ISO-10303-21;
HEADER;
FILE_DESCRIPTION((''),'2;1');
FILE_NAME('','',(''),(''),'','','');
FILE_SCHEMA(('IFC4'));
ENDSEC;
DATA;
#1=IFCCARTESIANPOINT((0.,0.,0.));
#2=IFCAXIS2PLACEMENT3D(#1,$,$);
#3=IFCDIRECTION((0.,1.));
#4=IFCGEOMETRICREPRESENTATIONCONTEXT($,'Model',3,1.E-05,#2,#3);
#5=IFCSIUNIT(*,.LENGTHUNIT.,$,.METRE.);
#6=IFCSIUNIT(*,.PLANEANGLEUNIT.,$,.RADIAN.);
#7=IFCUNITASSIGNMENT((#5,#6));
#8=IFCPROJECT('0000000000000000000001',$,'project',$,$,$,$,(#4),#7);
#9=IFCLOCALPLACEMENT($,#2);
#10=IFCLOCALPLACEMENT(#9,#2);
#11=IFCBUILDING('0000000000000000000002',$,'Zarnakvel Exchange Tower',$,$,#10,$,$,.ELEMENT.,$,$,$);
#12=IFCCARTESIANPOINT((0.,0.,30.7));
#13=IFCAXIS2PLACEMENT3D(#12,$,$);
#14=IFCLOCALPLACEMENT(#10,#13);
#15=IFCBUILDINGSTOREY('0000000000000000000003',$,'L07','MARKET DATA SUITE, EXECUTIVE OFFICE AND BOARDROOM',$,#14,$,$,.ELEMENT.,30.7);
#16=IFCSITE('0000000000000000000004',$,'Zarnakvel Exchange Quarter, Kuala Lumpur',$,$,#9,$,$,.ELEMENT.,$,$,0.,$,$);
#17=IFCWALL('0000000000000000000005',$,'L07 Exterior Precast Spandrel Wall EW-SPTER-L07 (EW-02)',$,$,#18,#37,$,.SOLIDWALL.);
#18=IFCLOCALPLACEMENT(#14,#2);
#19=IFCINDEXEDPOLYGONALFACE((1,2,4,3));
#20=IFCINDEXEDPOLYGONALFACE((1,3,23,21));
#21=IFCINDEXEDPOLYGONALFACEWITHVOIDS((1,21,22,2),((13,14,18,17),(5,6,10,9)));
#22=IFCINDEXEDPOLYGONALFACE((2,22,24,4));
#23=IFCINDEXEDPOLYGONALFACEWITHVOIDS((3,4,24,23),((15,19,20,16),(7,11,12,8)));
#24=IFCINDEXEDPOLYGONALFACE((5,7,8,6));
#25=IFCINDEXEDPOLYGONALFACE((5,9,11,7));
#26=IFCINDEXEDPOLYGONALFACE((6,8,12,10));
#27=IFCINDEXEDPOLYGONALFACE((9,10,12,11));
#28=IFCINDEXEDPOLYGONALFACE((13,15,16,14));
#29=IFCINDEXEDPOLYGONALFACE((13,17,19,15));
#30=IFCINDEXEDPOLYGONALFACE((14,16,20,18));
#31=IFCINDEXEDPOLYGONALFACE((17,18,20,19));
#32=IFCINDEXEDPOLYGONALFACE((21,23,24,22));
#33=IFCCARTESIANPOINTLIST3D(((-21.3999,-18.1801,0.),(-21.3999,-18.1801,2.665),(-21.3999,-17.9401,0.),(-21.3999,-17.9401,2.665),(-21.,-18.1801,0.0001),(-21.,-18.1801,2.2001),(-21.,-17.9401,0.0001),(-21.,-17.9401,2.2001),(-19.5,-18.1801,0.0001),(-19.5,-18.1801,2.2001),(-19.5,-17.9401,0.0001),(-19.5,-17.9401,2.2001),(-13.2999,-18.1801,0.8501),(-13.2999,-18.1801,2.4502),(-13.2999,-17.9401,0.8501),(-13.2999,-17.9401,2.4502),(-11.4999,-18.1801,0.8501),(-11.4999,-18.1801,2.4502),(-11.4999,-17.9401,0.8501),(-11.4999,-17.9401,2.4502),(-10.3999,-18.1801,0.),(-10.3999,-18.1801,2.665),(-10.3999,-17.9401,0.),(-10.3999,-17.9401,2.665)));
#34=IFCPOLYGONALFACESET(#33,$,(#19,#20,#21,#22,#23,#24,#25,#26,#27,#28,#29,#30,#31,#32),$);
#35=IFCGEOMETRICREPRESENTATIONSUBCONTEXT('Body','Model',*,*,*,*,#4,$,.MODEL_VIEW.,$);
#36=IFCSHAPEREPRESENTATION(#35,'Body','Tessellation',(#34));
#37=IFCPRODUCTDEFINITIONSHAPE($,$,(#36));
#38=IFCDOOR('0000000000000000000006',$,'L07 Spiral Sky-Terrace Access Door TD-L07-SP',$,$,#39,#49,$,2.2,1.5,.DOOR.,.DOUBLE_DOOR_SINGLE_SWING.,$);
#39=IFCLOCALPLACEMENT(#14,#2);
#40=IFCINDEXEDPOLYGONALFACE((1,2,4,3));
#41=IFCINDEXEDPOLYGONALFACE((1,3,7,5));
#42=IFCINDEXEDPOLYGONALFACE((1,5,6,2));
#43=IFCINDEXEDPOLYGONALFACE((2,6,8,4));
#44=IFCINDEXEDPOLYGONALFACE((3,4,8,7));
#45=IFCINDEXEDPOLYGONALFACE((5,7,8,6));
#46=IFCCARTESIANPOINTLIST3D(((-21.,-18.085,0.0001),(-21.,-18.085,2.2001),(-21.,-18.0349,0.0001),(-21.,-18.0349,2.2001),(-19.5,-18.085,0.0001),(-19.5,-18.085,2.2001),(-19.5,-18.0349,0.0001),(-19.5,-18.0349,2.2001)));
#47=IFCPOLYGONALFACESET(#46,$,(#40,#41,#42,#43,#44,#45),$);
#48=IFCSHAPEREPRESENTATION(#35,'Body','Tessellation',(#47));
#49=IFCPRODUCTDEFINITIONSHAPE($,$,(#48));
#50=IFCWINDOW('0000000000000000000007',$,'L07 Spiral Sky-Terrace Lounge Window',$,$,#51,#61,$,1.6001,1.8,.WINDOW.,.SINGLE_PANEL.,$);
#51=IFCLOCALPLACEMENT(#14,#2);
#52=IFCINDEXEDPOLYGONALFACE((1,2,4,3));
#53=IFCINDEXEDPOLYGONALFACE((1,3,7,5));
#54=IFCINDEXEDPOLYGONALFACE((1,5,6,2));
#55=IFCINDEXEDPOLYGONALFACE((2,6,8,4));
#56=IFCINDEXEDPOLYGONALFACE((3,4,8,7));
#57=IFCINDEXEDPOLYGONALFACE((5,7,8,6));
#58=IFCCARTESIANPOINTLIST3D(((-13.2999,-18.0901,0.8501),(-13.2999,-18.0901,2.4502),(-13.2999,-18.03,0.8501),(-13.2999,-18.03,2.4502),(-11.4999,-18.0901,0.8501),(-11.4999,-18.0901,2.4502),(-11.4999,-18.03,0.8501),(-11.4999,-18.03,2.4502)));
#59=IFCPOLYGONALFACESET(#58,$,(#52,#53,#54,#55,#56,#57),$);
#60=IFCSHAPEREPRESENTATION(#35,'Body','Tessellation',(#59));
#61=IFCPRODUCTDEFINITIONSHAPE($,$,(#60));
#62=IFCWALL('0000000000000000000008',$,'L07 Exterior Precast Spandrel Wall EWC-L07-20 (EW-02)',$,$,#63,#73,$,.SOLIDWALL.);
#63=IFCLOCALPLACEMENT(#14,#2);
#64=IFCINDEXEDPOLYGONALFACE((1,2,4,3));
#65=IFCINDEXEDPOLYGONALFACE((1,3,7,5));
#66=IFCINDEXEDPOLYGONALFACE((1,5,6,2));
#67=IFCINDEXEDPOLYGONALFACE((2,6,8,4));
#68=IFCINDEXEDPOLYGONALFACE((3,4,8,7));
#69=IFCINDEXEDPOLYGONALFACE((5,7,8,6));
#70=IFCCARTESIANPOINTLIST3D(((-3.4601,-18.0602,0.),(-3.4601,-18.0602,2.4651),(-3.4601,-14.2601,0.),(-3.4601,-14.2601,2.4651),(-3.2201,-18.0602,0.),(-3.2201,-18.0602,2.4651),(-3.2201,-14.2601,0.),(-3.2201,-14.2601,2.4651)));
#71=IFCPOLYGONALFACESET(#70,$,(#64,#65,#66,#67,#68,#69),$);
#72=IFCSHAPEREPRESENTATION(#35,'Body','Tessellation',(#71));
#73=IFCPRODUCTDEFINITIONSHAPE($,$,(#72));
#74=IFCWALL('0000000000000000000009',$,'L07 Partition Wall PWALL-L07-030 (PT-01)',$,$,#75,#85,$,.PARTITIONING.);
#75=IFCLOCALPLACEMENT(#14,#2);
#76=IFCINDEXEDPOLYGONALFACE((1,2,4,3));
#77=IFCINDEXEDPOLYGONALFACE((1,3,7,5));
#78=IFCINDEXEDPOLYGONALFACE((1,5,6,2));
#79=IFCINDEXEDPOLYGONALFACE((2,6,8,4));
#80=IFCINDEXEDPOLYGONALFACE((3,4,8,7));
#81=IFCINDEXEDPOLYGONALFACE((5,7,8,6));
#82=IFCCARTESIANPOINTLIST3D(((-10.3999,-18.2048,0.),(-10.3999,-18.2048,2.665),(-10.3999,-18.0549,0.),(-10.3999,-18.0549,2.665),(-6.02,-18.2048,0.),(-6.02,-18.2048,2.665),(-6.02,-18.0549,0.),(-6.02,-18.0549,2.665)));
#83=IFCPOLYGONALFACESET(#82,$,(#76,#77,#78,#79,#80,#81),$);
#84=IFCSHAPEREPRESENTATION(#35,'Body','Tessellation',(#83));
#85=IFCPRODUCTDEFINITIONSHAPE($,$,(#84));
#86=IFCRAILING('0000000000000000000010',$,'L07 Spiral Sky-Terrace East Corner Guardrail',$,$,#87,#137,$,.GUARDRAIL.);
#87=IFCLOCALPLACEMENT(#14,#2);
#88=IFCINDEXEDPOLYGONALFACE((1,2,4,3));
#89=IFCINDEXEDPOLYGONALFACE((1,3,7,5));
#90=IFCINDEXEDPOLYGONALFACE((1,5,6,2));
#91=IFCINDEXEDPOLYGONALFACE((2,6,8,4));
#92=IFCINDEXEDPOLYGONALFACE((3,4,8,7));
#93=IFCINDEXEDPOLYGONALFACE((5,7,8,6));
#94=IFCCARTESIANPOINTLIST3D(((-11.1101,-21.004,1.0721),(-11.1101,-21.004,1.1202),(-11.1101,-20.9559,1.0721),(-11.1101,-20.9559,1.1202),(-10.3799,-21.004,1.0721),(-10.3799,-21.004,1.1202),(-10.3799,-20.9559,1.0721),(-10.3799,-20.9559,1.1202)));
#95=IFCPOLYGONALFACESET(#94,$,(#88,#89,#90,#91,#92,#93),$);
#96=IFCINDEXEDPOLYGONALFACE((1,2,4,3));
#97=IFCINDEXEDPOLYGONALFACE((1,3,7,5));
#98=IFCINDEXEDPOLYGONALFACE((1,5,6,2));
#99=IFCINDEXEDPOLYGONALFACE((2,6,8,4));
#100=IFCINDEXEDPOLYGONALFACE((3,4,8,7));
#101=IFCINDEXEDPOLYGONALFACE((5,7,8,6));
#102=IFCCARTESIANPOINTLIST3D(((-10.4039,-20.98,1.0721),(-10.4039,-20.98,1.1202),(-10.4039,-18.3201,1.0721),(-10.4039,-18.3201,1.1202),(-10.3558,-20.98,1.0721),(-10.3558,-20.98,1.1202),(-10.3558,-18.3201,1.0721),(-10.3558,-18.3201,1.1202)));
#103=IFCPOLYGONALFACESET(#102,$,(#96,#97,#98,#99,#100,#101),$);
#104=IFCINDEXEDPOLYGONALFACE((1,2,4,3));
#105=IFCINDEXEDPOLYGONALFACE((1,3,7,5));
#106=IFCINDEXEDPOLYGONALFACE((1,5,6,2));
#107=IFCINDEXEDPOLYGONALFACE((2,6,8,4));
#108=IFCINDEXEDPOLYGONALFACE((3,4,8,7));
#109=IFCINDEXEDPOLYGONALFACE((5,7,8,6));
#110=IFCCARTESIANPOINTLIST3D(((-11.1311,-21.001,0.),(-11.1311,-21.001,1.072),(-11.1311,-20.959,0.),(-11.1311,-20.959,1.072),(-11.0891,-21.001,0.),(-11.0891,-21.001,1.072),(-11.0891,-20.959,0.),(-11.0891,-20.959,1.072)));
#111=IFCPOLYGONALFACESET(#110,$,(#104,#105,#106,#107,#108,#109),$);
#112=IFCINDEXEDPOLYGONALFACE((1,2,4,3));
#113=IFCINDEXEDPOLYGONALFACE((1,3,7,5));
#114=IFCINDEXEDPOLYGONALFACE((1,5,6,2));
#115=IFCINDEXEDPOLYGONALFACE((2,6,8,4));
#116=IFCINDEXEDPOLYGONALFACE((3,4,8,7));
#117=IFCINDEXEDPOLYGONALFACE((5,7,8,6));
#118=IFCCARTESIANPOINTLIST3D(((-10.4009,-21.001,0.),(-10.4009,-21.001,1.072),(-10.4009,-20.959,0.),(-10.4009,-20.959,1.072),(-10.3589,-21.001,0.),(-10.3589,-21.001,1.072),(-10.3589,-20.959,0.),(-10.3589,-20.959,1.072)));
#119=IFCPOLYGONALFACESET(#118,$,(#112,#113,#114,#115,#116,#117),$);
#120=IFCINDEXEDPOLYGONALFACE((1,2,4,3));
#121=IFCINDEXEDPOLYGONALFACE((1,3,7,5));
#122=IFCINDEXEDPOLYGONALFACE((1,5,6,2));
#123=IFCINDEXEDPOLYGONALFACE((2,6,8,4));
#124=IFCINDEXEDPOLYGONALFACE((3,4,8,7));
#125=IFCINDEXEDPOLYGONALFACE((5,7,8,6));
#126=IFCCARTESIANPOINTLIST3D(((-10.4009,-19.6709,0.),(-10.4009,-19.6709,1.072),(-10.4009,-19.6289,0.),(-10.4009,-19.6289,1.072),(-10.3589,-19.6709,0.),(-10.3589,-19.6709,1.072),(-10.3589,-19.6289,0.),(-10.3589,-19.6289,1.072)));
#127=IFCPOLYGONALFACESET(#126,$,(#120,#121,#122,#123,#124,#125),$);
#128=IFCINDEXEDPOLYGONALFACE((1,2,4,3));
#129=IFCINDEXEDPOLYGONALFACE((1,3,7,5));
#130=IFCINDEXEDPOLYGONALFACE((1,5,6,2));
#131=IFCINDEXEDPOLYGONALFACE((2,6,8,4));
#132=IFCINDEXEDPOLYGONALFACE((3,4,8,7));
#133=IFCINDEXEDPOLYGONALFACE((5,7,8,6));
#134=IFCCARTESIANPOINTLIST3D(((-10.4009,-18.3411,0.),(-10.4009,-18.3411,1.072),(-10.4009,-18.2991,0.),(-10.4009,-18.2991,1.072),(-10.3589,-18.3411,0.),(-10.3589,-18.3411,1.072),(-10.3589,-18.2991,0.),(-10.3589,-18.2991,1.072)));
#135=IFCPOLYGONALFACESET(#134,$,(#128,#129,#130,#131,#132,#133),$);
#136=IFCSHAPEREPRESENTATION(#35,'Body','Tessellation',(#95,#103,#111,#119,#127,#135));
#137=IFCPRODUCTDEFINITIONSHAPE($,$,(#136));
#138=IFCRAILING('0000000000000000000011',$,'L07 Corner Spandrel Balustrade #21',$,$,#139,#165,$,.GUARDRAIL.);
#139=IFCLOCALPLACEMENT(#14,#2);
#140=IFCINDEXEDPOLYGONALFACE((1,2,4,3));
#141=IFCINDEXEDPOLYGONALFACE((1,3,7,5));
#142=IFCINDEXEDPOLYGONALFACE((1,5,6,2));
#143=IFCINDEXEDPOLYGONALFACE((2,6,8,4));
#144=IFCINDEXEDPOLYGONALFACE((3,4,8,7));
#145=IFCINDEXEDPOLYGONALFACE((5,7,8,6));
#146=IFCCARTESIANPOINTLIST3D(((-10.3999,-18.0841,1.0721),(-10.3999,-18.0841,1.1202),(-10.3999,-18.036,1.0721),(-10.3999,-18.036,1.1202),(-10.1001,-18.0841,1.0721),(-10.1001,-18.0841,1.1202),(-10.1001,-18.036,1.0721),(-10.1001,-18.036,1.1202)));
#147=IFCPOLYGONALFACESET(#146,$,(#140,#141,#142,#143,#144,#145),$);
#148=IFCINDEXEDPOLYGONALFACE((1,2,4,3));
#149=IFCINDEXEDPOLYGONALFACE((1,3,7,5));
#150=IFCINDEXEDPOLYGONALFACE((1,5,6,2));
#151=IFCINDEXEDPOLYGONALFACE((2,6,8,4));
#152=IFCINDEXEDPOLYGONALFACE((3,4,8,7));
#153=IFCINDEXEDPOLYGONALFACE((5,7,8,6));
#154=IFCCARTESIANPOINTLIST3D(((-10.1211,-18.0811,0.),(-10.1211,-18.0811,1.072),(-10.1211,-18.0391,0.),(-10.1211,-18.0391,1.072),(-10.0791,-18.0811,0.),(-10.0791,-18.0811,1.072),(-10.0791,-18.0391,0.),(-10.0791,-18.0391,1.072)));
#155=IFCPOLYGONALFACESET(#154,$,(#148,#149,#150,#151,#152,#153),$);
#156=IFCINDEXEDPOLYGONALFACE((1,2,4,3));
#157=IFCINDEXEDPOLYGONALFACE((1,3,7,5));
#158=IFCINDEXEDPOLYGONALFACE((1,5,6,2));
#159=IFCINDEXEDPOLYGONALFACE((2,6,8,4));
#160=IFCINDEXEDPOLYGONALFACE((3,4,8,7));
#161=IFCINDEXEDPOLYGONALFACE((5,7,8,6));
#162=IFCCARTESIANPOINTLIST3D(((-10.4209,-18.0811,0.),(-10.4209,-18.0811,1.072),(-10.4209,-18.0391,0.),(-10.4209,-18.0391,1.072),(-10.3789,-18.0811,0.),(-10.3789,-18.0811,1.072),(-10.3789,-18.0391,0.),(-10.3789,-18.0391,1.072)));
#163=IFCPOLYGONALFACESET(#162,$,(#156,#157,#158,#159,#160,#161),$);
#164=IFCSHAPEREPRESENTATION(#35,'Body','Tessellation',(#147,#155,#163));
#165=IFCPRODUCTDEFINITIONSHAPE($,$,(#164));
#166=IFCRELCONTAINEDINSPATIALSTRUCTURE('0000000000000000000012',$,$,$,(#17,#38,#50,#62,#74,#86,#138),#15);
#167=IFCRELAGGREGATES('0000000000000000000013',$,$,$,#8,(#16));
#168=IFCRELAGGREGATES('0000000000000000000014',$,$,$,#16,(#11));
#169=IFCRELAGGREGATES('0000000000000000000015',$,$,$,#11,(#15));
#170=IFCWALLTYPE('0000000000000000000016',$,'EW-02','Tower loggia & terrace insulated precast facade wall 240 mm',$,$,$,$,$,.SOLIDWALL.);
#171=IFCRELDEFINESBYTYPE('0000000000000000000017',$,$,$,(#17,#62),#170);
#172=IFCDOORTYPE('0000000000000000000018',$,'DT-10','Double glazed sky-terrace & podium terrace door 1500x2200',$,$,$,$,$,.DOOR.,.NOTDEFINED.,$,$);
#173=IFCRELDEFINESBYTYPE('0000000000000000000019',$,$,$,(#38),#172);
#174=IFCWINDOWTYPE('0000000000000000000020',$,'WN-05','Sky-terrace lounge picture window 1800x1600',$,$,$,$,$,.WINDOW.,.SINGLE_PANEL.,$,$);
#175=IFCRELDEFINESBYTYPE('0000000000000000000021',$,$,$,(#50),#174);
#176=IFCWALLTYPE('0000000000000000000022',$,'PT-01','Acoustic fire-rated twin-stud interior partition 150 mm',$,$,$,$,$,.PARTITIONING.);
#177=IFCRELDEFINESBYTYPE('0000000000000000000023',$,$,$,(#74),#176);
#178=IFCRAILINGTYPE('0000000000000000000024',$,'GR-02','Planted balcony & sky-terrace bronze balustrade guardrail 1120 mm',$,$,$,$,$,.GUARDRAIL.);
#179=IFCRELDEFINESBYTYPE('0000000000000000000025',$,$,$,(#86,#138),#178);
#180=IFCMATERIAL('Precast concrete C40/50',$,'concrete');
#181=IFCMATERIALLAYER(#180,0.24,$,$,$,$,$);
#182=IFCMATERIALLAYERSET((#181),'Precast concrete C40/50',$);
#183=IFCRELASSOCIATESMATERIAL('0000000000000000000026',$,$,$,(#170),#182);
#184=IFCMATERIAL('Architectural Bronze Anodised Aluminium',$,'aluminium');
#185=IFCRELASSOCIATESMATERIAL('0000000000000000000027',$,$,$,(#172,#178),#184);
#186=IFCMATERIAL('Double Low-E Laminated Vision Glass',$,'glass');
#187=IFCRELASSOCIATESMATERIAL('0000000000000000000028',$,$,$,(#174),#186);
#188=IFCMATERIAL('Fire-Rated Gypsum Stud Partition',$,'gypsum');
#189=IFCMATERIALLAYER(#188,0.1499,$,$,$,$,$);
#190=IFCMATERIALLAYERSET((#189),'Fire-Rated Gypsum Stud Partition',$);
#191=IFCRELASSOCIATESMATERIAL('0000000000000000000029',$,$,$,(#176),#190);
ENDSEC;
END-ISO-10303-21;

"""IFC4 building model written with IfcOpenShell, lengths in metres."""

from ifc_helpers import new_model, si_unit, direction, frame, frame_2d, origin, origin_2d, place, context, subcontext, project, spatial, rectangle, extrude, source, transform, mapped, material, layer, layer_set, type_object, element, fill, save


model = new_model("IFC4")

# Units and contexts
model_context = context("Model", 3, precision=1e-05, world=origin(), true_north=direction((0.0, 1.0)))
body_context = subcontext(model_context, "Body", "Model", "MODEL_VIEW")
ifc_project = project(units=[si_unit("LENGTHUNIT", "METRE"), si_unit("PLANEANGLEUNIT", "RADIAN")], contexts=[model_context])

# Site, building, storey
site_placement = place(None, origin())
site = spatial("IfcSite", under=ifc_project, at=site_placement, Name="Zarnakvel Exchange Quarter, Kuala Lumpur", CompositionType="ELEMENT", RefElevation=0.0)
building_placement = place(site_placement, origin())
building = spatial("IfcBuilding", under=site, at=building_placement, Name="Zarnakvel Exchange Tower", CompositionType="ELEMENT")
storey_placement = place(building_placement, frame((0.0, 0.0, 30.7)))
storey = spatial("IfcBuildingStorey", under=building, at=storey_placement, Name="L07", Description="MARKET DATA SUITE, EXECUTIVE OFFICE AND BOARDROOM", CompositionType="ELEMENT", Elevation=30.7)

# Shared definitions
ifc_material_1 = material(Name="Architectural Bronze Anodised Aluminium", Category="aluminium")

# Shared definitions
ifc_material_2 = material(Name="Double Low-E Laminated Vision Glass", Category="glass")

# Wall, openings, door, window
ifc_material_3 = material(Name="Precast concrete C40/50", Category="concrete")
ifc_layer_1 = layer(ifc_material_3, 0.24)
ifc_layer_set_1 = layer_set([ifc_layer_1], Name="Precast concrete C40/50")
wall_type_1 = type_object("IfcWallType", Name="EW-02", Description="Tower loggia & terrace insulated precast facade wall 240 mm", PredefinedType="SOLIDWALL", material=ifc_layer_set_1)
wall_1_placement = place(storey_placement, frame((-10.3999, -18.0601, 0.0), z_axis=(0.0, 0.0, 1.0), x_axis=(-1.0, 0.0, 0.0)))
wall_1 = element("IfcWall", 1, at=wall_1_placement, inside=storey, type_object=wall_type_1, Name="L07 Exterior Precast Spandrel Wall EW-SPTER-L07 (EW-02)", PredefinedType="SOLIDWALL", context=body_context, shape_type="SweptSolid", body=[
    extrude(rectangle(XDim=11.0, YDim=0.24, at=frame_2d((5.5, 0.0))), origin(), (0.0, 0.0, 1.0), 2.665),
])
opening_1_placement = place(wall_1_placement, frame((9.1001, 0.0, 0.0)))
opening_1 = element("IfcOpeningElement", 2, at=opening_1_placement, cuts=wall_1, PredefinedType="OPENING", context=body_context, shape_type="SweptSolid", body=[
    extrude(rectangle(XDim=1.5, YDim=2.2, at=frame_2d((0.75, 1.1001))), frame((0.0, 0.1299, 0.0), z_axis=(0.0, -1.0, 0.0), x_axis=(1.0, 0.0, 0.0)), (0.0, 0.0, 1.0), 0.26),
])
opening_2_placement = place(wall_1_placement, frame((1.1001, 0.0, 0.8501)))
opening_2 = element("IfcOpeningElement", 3, at=opening_2_placement, cuts=wall_1, PredefinedType="OPENING", context=body_context, shape_type="SweptSolid", body=[
    extrude(rectangle(XDim=1.8, YDim=1.6001, at=frame_2d((0.8999, 0.8))), frame((0.0, 0.1299, 0.0), z_axis=(0.0, -1.0, 0.0), x_axis=(1.0, 0.0, 0.0)), (0.0, 0.0, 1.0), 0.26),
])
door_type = type_object("IfcDoorType", Name="DT-10", Description="Double glazed sky-terrace & podium terrace door 1500x2200", OperationType="NOTDEFINED", PredefinedType="DOOR", material=ifc_material_1)
shared_shape_1 = source(origin(), body_context, "Body", "SweptSolid", [
    extrude(rectangle(XDim=1.5, YDim=2.2, at=frame_2d((0.75, 1.1001))), frame((0.0, 0.0249, 0.0), z_axis=(0.0, -1.0, 0.0), x_axis=(1.0, 0.0, 0.0)), (0.0, 0.0, 1.0), 0.05),
])
door_placement = place(opening_1_placement, origin())
door = element("IfcDoor", 4, at=door_placement, inside=storey, type_object=door_type, Name="L07 Spiral Sky-Terrace Access Door TD-L07-SP", OperationType="DOUBLE_DOOR_SINGLE_SWING", OverallHeight=2.2, OverallWidth=1.5, PredefinedType="DOOR", context=body_context, shape_type="MappedRepresentation", body=[
    mapped(shared_shape_1, transform((0.0, 0.0, 0.0), x_axis=(1.0, 0.0, 0.0), y_axis=(0.0, 1.0, 0.0), z_axis=(0.0, 0.0, 1.0), scale=1.0)),
])
fill(opening_1, door)
window_type = type_object("IfcWindowType", Name="WN-05", Description="Sky-terrace lounge picture window 1800x1600", PartitioningType="SINGLE_PANEL", PredefinedType="WINDOW", material=ifc_material_2)
shared_shape_2 = source(origin(), body_context, "Body", "SweptSolid", [
    extrude(rectangle(XDim=1.8, YDim=1.6001, at=frame_2d((0.8999, 0.8))), frame((0.0, 0.03, 0.0), z_axis=(0.0, -1.0, 0.0), x_axis=(1.0, 0.0, 0.0)), (0.0, 0.0, 1.0), 0.0601),
])
window_placement = place(opening_2_placement, origin())
window = element("IfcWindow", 5, at=window_placement, inside=storey, type_object=window_type, Name="L07 Spiral Sky-Terrace Lounge Window", OverallHeight=1.6001, OverallWidth=1.8, PartitioningType="SINGLE_PANEL", PredefinedType="WINDOW", context=body_context, shape_type="MappedRepresentation", body=[
    mapped(shared_shape_2, transform((0.0, 0.0, 0.0), x_axis=(1.0, 0.0, 0.0), y_axis=(0.0, 1.0, 0.0), z_axis=(0.0, 0.0, 1.0), scale=1.0)),
])
fill(opening_2, window)

# Walls
wall_2_placement = place(storey_placement, frame((-3.3401, -18.0601, 0.0), z_axis=(0.0, 0.0, 1.0), x_axis=(0.0, 1.0, 0.0)))
element("IfcWall", 6, at=wall_2_placement, inside=storey, type_object=wall_type_1, Name="L07 Exterior Precast Spandrel Wall EWC-L07-20 (EW-02)", PredefinedType="SOLIDWALL", context=body_context, shape_type="SweptSolid", body=[
    extrude(rectangle(XDim=3.8, YDim=0.24, at=frame_2d((1.8999, 0.0))), origin(), (0.0, 0.0, 1.0), 2.4651),
])
ifc_material_4 = material(Name="Fire-Rated Gypsum Stud Partition", Category="gypsum")
ifc_layer_2 = layer(ifc_material_4, 0.1499)
ifc_layer_set_2 = layer_set([ifc_layer_2], Name="Fire-Rated Gypsum Stud Partition")
wall_type_2 = type_object("IfcWallType", Name="PT-01", Description="Acoustic fire-rated twin-stud interior partition 150 mm", PredefinedType="PARTITIONING", material=ifc_layer_set_2)
wall_3_placement = place(storey_placement, frame((-6.02, -18.1299, 0.0), z_axis=(0.0, 0.0, 1.0), x_axis=(-1.0, 0.0, 0.0)))
element("IfcWall", 7, at=wall_3_placement, inside=storey, type_object=wall_type_2, Name="L07 Partition Wall PWALL-L07-030 (PT-01)", PredefinedType="PARTITIONING", context=body_context, shape_type="SweptSolid", body=[
    extrude(rectangle(XDim=4.3799, YDim=0.1499, at=frame_2d((2.1899, 0.0))), origin(), (0.0, 0.0, 1.0), 2.665),
])

# Railings
railing_type_1 = type_object("IfcRailingType", Name="GR-02", Description="Planted balcony & sky-terrace bronze balustrade guardrail 1120 mm", PredefinedType="GUARDRAIL", material=ifc_material_1)
railing_1_placement = place(storey_placement, frame((-11.1101, -20.98, 0.0)))
element("IfcRailing", 8, at=railing_1_placement, inside=storey, type_object=railing_type_1, Name="L07 Spiral Sky-Terrace East Corner Guardrail", PredefinedType="GUARDRAIL", context=body_context, shape_type="SweptSolid", body=[
    extrude(rectangle(XDim=0.0481, YDim=0.0481, at=origin_2d()), frame((0.0, 0.0, 1.0962), z_axis=(1.0, 0.0, 0.0), x_axis=(0.0, 1.0, 0.0)), (0.0, 0.0, 1.0), 0.7302),
    extrude(rectangle(XDim=0.0481, YDim=0.0481, at=origin_2d()), frame((0.7302, 0.0, 1.0962), z_axis=(0.0, 1.0, 0.0), x_axis=(-1.0, 0.0, 0.0)), (0.0, 0.0, 1.0), 2.6599),
    extrude(rectangle(XDim=0.042, YDim=0.042, at=origin_2d()), origin(), (0.0, 0.0, 1.0), 1.072),
    extrude(rectangle(XDim=0.042, YDim=0.042, at=origin_2d()), frame((0.7302, 0.0, 0.0)), (0.0, 0.0, 1.0), 1.072),
    extrude(rectangle(XDim=0.042, YDim=0.042, at=origin_2d()), frame((0.7302, 1.3301, 0.0)), (0.0, 0.0, 1.0), 1.072),
    extrude(rectangle(XDim=0.042, YDim=0.042, at=origin_2d()), frame((0.7302, 2.6599, 0.0)), (0.0, 0.0, 1.0), 1.072),
])
railing_2_placement = place(storey_placement, frame((-10.1001, -18.0601, 0.0)))
element("IfcRailing", 9, at=railing_2_placement, inside=storey, type_object=railing_type_1, Name="L07 Corner Spandrel Balustrade #21", PredefinedType="GUARDRAIL", context=body_context, shape_type="SweptSolid", body=[
    extrude(rectangle(XDim=0.0481, YDim=0.0481, at=origin_2d()), frame((0.0, 0.0, 1.0962), z_axis=(-1.0, 0.0, 0.0), x_axis=(0.0, -1.0, 0.0)), (0.0, 0.0, 1.0), 0.2998),
    extrude(rectangle(XDim=0.042, YDim=0.042, at=origin_2d()), origin(), (0.0, 0.0, 1.0), 1.072),
    extrude(rectangle(XDim=0.042, YDim=0.042, at=origin_2d()), frame((-0.2998, 0.0, 0.0)), (0.0, 0.0, 1.0), 1.072),
])

save(model, "model.ifc")
